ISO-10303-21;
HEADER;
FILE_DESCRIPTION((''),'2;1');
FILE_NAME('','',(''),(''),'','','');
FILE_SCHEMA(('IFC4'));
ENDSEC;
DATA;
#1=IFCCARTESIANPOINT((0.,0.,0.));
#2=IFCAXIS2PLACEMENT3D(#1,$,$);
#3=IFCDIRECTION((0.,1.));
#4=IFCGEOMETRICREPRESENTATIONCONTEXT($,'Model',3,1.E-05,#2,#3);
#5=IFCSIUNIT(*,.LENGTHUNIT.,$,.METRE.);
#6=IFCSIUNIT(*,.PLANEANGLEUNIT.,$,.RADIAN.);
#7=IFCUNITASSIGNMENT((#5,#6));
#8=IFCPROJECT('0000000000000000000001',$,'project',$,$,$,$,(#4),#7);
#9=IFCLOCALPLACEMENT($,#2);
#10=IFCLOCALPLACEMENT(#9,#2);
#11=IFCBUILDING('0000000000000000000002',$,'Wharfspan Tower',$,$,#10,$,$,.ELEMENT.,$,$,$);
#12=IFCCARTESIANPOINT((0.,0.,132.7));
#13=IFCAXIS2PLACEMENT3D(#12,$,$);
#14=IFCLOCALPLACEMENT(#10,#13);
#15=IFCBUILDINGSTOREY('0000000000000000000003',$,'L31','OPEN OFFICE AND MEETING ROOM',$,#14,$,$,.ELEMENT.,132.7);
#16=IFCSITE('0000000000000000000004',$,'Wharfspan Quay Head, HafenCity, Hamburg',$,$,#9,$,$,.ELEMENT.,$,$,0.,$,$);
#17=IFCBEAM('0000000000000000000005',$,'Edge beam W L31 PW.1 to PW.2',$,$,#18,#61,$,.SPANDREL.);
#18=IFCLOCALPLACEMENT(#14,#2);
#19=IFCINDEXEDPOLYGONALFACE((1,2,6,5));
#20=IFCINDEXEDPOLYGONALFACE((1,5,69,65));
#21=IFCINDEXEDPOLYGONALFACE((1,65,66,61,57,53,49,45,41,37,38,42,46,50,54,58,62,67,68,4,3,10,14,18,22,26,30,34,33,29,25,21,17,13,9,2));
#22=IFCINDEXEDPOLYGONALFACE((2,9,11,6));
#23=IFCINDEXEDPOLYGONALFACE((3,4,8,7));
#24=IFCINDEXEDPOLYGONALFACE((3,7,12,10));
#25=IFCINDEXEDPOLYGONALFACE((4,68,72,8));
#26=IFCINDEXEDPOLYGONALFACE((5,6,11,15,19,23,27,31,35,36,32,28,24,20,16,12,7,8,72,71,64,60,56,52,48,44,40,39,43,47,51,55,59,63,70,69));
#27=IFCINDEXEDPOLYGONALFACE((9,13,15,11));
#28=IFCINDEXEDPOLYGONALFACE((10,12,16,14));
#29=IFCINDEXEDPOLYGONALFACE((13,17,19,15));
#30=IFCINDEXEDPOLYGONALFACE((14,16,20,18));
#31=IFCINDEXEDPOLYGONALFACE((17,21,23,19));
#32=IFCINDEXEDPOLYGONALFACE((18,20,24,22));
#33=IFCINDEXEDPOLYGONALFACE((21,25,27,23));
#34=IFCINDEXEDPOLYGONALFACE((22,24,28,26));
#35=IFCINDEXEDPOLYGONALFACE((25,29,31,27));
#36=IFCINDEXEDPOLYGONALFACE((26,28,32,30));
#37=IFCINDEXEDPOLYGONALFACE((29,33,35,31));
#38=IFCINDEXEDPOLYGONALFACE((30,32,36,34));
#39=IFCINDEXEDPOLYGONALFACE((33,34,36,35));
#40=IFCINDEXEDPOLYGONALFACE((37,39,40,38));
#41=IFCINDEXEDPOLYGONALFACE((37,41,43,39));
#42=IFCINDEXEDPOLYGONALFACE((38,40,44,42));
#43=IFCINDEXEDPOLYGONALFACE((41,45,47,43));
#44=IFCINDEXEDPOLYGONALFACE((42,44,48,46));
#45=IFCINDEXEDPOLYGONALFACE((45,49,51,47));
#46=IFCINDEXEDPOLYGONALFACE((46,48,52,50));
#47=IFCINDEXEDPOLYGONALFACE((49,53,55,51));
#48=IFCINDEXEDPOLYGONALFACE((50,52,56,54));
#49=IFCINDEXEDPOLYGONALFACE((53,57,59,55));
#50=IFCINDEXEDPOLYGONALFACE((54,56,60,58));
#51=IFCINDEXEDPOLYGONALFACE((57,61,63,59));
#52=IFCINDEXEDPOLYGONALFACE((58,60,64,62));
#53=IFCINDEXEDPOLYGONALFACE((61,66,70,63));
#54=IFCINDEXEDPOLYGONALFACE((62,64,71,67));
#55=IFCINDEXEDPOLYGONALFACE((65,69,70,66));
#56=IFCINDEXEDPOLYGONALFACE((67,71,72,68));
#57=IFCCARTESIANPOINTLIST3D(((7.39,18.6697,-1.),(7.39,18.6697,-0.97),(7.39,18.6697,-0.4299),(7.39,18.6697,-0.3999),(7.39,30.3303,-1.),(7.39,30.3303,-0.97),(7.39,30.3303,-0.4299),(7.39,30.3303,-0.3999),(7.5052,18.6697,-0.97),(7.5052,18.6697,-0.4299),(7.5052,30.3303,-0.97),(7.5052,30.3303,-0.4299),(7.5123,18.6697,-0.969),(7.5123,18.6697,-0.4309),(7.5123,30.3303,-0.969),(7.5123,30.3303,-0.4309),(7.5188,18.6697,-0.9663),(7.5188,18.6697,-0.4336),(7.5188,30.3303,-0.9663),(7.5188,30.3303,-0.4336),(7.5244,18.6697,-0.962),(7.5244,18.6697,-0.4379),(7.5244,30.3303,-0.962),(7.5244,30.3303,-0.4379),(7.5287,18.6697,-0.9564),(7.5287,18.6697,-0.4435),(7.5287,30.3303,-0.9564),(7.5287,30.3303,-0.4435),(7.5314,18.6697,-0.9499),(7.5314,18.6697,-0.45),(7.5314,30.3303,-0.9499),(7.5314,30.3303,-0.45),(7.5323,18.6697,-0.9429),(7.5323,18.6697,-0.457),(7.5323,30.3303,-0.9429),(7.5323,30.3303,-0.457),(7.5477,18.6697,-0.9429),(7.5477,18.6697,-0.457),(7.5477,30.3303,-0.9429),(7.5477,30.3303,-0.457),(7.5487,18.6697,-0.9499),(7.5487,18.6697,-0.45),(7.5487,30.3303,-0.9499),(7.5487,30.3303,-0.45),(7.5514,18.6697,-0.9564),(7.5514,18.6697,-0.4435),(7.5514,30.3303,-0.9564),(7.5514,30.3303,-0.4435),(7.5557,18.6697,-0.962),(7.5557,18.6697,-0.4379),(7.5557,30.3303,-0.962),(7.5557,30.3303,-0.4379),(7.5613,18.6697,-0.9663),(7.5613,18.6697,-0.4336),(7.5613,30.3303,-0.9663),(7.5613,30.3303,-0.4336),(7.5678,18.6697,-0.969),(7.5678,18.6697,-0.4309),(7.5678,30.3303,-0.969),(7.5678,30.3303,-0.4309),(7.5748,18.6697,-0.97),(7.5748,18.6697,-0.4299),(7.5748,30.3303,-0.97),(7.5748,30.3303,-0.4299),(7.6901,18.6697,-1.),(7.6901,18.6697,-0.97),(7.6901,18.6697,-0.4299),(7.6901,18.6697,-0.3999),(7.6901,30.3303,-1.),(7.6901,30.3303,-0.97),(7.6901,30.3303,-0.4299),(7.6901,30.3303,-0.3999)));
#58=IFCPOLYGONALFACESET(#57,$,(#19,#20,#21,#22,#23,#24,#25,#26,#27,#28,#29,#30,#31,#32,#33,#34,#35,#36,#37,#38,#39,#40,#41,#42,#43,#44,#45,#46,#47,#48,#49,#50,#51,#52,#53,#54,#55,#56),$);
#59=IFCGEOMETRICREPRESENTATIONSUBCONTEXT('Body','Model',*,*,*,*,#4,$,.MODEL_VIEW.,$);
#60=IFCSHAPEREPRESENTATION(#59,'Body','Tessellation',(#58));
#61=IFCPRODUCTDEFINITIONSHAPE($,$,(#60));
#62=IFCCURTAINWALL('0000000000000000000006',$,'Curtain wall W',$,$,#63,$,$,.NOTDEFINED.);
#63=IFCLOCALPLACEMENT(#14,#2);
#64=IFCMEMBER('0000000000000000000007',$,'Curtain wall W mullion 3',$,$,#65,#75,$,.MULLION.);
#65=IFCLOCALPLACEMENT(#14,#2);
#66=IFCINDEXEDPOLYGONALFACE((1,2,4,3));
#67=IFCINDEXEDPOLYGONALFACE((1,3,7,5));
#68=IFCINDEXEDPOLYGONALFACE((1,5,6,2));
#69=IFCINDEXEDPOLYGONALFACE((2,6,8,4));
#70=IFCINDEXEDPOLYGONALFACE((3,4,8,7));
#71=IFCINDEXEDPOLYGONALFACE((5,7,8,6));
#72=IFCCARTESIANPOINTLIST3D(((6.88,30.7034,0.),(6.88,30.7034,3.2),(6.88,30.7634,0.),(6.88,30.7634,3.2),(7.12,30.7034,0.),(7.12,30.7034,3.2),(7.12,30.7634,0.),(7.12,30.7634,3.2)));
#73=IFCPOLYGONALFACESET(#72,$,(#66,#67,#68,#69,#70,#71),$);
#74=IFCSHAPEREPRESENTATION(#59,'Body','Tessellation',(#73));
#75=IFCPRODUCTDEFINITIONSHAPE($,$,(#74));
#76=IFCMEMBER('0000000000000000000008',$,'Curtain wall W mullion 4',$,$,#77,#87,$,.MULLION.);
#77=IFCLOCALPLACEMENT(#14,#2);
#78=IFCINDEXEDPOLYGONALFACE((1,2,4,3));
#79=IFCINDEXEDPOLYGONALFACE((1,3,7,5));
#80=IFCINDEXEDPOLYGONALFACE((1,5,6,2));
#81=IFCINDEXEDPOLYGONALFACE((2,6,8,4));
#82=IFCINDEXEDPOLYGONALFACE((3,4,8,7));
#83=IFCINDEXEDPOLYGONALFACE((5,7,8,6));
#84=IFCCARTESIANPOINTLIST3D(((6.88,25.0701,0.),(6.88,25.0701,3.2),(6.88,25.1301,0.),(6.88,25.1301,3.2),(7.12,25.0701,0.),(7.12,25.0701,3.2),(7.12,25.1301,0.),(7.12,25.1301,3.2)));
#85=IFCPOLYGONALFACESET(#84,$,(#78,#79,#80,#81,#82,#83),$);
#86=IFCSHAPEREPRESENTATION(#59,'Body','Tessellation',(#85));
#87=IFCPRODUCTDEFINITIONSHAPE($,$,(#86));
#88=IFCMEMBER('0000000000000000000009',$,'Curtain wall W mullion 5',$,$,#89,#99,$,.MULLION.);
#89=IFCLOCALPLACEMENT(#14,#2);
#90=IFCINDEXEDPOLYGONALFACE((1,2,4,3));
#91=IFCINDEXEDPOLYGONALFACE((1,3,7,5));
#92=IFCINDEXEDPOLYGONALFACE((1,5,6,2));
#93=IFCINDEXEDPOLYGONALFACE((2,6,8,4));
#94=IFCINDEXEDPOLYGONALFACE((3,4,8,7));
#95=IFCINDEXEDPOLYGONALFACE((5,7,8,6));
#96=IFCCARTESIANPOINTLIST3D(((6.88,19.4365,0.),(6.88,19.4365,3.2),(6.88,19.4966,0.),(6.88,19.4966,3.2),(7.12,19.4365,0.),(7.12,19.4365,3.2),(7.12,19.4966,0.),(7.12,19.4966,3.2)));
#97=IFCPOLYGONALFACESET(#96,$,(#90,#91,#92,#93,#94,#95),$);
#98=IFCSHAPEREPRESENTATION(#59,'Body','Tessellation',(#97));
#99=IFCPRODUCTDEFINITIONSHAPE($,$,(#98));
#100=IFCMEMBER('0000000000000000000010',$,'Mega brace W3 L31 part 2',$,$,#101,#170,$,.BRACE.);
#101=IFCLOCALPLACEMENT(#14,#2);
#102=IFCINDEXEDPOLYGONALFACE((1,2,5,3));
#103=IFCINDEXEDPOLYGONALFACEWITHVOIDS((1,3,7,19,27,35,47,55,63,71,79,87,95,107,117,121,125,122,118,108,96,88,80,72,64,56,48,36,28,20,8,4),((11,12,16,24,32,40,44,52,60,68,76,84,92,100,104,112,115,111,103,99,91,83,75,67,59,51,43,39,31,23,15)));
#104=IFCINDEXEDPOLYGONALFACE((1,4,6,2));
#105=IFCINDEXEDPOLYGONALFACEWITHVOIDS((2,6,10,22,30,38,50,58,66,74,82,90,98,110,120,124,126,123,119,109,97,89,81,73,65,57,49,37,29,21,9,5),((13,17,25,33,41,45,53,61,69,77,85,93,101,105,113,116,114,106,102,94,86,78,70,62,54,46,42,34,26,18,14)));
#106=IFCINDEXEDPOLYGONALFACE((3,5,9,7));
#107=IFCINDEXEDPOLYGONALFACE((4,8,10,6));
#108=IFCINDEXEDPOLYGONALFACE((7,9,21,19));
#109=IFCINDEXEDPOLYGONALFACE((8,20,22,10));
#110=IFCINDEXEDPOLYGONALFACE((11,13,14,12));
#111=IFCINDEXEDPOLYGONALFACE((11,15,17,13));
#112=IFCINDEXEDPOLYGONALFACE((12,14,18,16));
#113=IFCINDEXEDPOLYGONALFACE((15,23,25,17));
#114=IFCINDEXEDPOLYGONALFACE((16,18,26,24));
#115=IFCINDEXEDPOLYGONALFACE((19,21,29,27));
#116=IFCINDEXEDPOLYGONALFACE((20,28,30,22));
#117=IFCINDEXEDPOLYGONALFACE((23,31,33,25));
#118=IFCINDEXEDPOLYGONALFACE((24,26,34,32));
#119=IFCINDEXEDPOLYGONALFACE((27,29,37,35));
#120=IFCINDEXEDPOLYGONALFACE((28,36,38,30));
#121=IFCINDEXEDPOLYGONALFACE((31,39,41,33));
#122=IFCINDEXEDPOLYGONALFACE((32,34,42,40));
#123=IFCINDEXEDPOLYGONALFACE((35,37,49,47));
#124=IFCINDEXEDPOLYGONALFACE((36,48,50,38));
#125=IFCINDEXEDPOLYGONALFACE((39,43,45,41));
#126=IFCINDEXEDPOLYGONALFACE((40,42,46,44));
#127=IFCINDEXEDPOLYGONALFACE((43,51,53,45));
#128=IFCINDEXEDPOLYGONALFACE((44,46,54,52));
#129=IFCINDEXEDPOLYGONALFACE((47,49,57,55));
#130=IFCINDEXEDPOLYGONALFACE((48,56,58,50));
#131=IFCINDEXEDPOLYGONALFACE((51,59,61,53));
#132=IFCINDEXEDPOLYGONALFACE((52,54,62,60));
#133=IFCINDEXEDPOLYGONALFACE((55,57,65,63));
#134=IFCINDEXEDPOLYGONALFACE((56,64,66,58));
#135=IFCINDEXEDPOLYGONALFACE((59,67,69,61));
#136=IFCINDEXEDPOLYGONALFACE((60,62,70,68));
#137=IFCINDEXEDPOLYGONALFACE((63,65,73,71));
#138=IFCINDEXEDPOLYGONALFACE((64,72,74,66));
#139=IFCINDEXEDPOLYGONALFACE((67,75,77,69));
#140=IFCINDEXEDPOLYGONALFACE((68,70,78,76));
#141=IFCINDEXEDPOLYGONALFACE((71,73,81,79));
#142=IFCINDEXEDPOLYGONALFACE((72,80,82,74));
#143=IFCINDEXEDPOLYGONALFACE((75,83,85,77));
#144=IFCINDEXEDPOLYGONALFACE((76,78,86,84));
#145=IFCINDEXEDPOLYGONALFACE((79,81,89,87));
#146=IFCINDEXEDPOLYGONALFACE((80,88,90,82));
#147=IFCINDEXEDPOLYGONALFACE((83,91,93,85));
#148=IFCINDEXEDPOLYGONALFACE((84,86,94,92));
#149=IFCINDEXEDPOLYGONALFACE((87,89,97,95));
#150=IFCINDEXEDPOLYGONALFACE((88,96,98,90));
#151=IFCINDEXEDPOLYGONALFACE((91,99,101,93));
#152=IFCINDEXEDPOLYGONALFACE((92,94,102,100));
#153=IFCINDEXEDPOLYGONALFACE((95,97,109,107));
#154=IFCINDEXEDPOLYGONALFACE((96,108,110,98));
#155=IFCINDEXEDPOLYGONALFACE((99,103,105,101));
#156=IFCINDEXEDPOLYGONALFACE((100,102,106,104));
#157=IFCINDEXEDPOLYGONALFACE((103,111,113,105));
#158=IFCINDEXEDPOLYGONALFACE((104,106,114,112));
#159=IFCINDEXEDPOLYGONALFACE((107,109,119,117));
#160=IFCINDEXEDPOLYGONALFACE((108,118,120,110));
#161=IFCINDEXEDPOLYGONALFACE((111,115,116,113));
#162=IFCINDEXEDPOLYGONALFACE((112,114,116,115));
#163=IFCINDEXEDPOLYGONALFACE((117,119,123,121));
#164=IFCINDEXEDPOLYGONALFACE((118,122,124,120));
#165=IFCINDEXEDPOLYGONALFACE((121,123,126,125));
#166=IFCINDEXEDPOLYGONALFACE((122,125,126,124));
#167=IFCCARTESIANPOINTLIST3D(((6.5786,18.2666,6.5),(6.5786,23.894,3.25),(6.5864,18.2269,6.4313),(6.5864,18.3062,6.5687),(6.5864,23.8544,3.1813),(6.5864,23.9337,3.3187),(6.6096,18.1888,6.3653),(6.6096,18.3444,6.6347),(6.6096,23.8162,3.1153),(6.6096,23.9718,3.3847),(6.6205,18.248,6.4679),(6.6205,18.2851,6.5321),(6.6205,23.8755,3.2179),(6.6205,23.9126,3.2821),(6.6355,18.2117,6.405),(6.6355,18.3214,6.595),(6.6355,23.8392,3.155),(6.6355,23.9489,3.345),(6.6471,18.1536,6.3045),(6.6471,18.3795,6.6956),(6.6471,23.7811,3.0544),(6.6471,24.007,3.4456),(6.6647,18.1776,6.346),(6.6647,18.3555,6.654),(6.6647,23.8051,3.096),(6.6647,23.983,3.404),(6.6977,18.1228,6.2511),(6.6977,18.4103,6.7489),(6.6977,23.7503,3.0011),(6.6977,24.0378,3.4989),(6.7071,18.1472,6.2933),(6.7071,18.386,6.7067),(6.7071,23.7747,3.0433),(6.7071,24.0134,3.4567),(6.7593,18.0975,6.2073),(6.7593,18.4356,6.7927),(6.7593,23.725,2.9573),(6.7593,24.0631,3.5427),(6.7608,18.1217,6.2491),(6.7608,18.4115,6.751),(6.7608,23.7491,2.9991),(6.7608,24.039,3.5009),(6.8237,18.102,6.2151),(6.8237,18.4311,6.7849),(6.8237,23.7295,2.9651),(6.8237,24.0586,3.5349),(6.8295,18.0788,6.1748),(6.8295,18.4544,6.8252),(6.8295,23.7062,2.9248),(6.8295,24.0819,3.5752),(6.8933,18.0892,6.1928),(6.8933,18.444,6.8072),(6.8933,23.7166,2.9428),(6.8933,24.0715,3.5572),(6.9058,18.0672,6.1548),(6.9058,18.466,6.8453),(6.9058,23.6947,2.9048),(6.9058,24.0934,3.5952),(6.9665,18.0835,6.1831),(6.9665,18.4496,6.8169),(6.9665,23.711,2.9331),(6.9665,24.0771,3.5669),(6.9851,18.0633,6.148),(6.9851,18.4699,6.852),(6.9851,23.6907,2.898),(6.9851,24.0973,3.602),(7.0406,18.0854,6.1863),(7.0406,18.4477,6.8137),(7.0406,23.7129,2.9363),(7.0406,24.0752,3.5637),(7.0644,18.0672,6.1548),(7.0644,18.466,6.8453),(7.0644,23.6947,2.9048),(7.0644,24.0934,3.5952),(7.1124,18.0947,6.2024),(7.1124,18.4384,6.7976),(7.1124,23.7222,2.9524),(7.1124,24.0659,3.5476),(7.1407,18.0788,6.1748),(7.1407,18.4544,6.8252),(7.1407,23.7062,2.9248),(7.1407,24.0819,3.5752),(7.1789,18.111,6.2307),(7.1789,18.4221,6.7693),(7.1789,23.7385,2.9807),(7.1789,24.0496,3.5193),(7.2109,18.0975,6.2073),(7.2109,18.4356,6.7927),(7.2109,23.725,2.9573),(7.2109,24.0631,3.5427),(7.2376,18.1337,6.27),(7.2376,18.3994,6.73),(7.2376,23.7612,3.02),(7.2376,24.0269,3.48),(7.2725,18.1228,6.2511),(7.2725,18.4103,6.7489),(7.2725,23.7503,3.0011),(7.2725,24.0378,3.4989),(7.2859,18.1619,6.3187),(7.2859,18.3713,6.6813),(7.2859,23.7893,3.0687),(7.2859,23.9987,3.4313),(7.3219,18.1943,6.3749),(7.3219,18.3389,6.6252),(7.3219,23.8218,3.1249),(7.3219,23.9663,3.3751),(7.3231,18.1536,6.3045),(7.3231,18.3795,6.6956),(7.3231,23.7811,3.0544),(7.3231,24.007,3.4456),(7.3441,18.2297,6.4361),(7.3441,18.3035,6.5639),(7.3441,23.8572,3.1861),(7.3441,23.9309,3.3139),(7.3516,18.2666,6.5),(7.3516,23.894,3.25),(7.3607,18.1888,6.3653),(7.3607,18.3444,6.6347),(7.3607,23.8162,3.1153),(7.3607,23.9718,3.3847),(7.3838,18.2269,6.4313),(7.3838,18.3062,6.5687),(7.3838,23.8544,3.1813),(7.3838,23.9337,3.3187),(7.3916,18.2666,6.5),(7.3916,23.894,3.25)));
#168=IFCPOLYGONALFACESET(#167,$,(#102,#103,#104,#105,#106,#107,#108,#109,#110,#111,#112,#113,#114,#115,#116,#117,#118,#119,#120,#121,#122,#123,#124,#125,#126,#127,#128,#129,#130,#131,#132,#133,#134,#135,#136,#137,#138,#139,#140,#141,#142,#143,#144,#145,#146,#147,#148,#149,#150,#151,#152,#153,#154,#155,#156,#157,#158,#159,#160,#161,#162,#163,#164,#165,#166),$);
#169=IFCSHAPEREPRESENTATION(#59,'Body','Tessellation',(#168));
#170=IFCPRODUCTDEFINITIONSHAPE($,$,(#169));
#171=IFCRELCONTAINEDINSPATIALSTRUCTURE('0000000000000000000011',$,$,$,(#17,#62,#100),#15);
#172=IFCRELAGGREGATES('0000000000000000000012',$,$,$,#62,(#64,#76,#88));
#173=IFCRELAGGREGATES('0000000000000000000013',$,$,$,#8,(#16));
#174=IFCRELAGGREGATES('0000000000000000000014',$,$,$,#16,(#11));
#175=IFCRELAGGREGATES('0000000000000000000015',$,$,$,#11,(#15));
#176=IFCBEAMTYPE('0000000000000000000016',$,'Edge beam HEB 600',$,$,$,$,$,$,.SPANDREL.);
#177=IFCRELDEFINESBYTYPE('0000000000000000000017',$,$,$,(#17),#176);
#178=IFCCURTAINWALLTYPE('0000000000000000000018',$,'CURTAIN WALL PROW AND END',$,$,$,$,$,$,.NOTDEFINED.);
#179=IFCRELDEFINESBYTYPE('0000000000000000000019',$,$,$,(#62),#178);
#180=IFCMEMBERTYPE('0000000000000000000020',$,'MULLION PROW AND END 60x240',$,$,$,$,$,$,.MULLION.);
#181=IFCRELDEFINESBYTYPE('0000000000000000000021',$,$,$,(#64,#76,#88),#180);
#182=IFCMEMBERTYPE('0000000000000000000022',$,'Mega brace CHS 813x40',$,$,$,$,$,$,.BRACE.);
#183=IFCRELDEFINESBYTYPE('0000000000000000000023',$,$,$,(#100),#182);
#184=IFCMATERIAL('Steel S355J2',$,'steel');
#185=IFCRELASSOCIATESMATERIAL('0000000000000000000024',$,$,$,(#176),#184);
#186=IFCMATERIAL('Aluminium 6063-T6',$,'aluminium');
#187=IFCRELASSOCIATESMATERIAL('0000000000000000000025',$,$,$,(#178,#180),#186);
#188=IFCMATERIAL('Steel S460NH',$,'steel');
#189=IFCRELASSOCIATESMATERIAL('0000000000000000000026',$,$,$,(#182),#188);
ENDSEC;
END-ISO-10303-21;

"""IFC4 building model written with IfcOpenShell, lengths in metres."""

from ifc_helpers import new_model, si_unit, direction, frame, origin, origin_2d, place, context, subcontext, project, spatial, rectangle, hollow_circle, i_section, extrude, material, material_profile, profile_set, type_object, element, aggregate, save


model = new_model("IFC4")

# Units and contexts
model_context = context("Model", 3, precision=1e-05, world=origin(), true_north=direction((0.0, 1.0)))
body_context = subcontext(model_context, "Body", "Model", "MODEL_VIEW")
ifc_project = project(units=[si_unit("LENGTHUNIT", "METRE"), si_unit("PLANEANGLEUNIT", "RADIAN")], contexts=[model_context])

# Site, building, storey
site_placement = place(None, origin())
site = spatial("IfcSite", under=ifc_project, at=site_placement, Name="Wharfspan Quay Head, HafenCity, Hamburg", CompositionType="ELEMENT", RefElevation=0.0)
building_placement = place(site_placement, origin())
building = spatial("IfcBuilding", under=site, at=building_placement, Name="Wharfspan Tower", CompositionType="ELEMENT")
storey_placement = place(building_placement, frame((0.0, 0.0, 132.7)))
storey = spatial("IfcBuildingStorey", under=building, at=storey_placement, Name="L31", Description="OPEN OFFICE AND MEETING ROOM", CompositionType="ELEMENT", Elevation=132.7)

# Beam
ifc_material_1 = material(Name="Steel S355J2", Category="steel")
ifc_material_profile_1 = material_profile(ifc_material_1, i_section(OverallWidth=0.3, OverallDepth=0.6001, WebThickness=0.0154, FlangeThickness=0.03, FilletRadius=0.0271, at=origin_2d()))
ifc_profile_set_1 = profile_set([ifc_material_profile_1], Name="Steel S355J2")
beam_type = type_object("IfcBeamType", Name="Edge beam HEB 600", PredefinedType="SPANDREL", material=ifc_profile_set_1)
beam_placement = place(storey_placement, frame((7.54, 30.3303, -0.7), z_axis=(0.0, -1.0, 0.0), x_axis=(1.0, 0.0, 0.0)))
element("IfcBeam", 1, at=beam_placement, inside=storey, type_object=beam_type, Name="Edge beam W L31 PW.1 to PW.2", PredefinedType="SPANDREL", context=body_context, shape_type="SweptSolid", body=[
    extrude(i_section(OverallWidth=0.3, OverallDepth=0.6001, WebThickness=0.0154, FlangeThickness=0.03, FilletRadius=0.0271, at=origin_2d()), origin(), (0.0, 0.0, 1.0), 11.6606),
])

# Curtain wall, members
ifc_material_2 = material(Name="Aluminium 6063-T6", Category="aluminium")
curtain_wall_type = type_object("IfcCurtainWallType", Name="CURTAIN WALL PROW AND END", PredefinedType="NOTDEFINED", material=ifc_material_2)
curtain_wall_placement = place(storey_placement, origin())
curtain_wall = element("IfcCurtainWall", 2, at=curtain_wall_placement, inside=storey, type_object=curtain_wall_type, Name="Curtain wall W", PredefinedType="NOTDEFINED")
ifc_material_profile_2 = material_profile(ifc_material_2, rectangle(XDim=0.24, YDim=0.0601, at=origin_2d()))
ifc_profile_set_2 = profile_set([ifc_material_profile_2], Name="Aluminium 6063-T6")
member_type_1 = type_object("IfcMemberType", Name="MULLION PROW AND END 60x240", PredefinedType="MULLION", material=ifc_profile_set_2)
member_1_placement = place(storey_placement, frame((7.0, 30.7334, 0.0), z_axis=(0.0, 0.0, 1.0), x_axis=(1.0, 0.0, 0.0)))
member_1 = element("IfcMember", 3, at=member_1_placement, type_object=member_type_1, Name="Curtain wall W mullion 3", PredefinedType="MULLION", context=body_context, shape_type="SweptSolid", body=[
    extrude(rectangle(XDim=0.24, YDim=0.0601, at=origin_2d()), origin(), (0.0, 0.0, 1.0), 3.2),
])
member_2_placement = place(storey_placement, frame((7.0, 25.1001, 0.0), z_axis=(0.0, 0.0, 1.0), x_axis=(1.0, 0.0, 0.0)))
member_2 = element("IfcMember", 4, at=member_2_placement, type_object=member_type_1, Name="Curtain wall W mullion 4", PredefinedType="MULLION", context=body_context, shape_type="SweptSolid", body=[
    extrude(rectangle(XDim=0.24, YDim=0.0601, at=origin_2d()), origin(), (0.0, 0.0, 1.0), 3.2),
])
member_3_placement = place(storey_placement, frame((7.0, 19.4666, 0.0), z_axis=(0.0, 0.0, 1.0), x_axis=(1.0, 0.0, 0.0)))
member_3 = element("IfcMember", 5, at=member_3_placement, type_object=member_type_1, Name="Curtain wall W mullion 5", PredefinedType="MULLION", context=body_context, shape_type="SweptSolid", body=[
    extrude(rectangle(XDim=0.24, YDim=0.0601, at=origin_2d()), origin(), (0.0, 0.0, 1.0), 3.2),
])

# Member
ifc_material_3 = material(Name="Steel S460NH", Category="steel")
ifc_material_profile_3 = material_profile(ifc_material_3, hollow_circle(Radius=0.4065, WallThickness=0.04, at=origin_2d()))
ifc_profile_set_3 = profile_set([ifc_material_profile_3], Name="Steel S460NH")
member_type_2 = type_object("IfcMemberType", Name="Mega brace CHS 813x40", PredefinedType="BRACE", material=ifc_profile_set_3)
for number, where, z_axis, x_axis, name in (
    (6, (6.9851, 23.894, 3.25), (0.0, -0.865959, 0.500115), (1.0, 0.0, 0.0), "Mega brace W3 L31 part 2"),
):
    element("IfcMember", number, at=place(storey_placement, frame(where, z_axis=z_axis, x_axis=x_axis)), inside=storey, type_object=member_type_2, Name=name, PredefinedType="BRACE", context=body_context, shape_type="SweptSolid", body=[
        extrude(hollow_circle(Radius=0.4065, WallThickness=0.04, at=origin_2d()), origin(), (0.0, 0.0, 1.0), 6.4985),
    ])

aggregate(curtain_wall, [member_1, member_2, member_3])

save(model, "model.ifc")
